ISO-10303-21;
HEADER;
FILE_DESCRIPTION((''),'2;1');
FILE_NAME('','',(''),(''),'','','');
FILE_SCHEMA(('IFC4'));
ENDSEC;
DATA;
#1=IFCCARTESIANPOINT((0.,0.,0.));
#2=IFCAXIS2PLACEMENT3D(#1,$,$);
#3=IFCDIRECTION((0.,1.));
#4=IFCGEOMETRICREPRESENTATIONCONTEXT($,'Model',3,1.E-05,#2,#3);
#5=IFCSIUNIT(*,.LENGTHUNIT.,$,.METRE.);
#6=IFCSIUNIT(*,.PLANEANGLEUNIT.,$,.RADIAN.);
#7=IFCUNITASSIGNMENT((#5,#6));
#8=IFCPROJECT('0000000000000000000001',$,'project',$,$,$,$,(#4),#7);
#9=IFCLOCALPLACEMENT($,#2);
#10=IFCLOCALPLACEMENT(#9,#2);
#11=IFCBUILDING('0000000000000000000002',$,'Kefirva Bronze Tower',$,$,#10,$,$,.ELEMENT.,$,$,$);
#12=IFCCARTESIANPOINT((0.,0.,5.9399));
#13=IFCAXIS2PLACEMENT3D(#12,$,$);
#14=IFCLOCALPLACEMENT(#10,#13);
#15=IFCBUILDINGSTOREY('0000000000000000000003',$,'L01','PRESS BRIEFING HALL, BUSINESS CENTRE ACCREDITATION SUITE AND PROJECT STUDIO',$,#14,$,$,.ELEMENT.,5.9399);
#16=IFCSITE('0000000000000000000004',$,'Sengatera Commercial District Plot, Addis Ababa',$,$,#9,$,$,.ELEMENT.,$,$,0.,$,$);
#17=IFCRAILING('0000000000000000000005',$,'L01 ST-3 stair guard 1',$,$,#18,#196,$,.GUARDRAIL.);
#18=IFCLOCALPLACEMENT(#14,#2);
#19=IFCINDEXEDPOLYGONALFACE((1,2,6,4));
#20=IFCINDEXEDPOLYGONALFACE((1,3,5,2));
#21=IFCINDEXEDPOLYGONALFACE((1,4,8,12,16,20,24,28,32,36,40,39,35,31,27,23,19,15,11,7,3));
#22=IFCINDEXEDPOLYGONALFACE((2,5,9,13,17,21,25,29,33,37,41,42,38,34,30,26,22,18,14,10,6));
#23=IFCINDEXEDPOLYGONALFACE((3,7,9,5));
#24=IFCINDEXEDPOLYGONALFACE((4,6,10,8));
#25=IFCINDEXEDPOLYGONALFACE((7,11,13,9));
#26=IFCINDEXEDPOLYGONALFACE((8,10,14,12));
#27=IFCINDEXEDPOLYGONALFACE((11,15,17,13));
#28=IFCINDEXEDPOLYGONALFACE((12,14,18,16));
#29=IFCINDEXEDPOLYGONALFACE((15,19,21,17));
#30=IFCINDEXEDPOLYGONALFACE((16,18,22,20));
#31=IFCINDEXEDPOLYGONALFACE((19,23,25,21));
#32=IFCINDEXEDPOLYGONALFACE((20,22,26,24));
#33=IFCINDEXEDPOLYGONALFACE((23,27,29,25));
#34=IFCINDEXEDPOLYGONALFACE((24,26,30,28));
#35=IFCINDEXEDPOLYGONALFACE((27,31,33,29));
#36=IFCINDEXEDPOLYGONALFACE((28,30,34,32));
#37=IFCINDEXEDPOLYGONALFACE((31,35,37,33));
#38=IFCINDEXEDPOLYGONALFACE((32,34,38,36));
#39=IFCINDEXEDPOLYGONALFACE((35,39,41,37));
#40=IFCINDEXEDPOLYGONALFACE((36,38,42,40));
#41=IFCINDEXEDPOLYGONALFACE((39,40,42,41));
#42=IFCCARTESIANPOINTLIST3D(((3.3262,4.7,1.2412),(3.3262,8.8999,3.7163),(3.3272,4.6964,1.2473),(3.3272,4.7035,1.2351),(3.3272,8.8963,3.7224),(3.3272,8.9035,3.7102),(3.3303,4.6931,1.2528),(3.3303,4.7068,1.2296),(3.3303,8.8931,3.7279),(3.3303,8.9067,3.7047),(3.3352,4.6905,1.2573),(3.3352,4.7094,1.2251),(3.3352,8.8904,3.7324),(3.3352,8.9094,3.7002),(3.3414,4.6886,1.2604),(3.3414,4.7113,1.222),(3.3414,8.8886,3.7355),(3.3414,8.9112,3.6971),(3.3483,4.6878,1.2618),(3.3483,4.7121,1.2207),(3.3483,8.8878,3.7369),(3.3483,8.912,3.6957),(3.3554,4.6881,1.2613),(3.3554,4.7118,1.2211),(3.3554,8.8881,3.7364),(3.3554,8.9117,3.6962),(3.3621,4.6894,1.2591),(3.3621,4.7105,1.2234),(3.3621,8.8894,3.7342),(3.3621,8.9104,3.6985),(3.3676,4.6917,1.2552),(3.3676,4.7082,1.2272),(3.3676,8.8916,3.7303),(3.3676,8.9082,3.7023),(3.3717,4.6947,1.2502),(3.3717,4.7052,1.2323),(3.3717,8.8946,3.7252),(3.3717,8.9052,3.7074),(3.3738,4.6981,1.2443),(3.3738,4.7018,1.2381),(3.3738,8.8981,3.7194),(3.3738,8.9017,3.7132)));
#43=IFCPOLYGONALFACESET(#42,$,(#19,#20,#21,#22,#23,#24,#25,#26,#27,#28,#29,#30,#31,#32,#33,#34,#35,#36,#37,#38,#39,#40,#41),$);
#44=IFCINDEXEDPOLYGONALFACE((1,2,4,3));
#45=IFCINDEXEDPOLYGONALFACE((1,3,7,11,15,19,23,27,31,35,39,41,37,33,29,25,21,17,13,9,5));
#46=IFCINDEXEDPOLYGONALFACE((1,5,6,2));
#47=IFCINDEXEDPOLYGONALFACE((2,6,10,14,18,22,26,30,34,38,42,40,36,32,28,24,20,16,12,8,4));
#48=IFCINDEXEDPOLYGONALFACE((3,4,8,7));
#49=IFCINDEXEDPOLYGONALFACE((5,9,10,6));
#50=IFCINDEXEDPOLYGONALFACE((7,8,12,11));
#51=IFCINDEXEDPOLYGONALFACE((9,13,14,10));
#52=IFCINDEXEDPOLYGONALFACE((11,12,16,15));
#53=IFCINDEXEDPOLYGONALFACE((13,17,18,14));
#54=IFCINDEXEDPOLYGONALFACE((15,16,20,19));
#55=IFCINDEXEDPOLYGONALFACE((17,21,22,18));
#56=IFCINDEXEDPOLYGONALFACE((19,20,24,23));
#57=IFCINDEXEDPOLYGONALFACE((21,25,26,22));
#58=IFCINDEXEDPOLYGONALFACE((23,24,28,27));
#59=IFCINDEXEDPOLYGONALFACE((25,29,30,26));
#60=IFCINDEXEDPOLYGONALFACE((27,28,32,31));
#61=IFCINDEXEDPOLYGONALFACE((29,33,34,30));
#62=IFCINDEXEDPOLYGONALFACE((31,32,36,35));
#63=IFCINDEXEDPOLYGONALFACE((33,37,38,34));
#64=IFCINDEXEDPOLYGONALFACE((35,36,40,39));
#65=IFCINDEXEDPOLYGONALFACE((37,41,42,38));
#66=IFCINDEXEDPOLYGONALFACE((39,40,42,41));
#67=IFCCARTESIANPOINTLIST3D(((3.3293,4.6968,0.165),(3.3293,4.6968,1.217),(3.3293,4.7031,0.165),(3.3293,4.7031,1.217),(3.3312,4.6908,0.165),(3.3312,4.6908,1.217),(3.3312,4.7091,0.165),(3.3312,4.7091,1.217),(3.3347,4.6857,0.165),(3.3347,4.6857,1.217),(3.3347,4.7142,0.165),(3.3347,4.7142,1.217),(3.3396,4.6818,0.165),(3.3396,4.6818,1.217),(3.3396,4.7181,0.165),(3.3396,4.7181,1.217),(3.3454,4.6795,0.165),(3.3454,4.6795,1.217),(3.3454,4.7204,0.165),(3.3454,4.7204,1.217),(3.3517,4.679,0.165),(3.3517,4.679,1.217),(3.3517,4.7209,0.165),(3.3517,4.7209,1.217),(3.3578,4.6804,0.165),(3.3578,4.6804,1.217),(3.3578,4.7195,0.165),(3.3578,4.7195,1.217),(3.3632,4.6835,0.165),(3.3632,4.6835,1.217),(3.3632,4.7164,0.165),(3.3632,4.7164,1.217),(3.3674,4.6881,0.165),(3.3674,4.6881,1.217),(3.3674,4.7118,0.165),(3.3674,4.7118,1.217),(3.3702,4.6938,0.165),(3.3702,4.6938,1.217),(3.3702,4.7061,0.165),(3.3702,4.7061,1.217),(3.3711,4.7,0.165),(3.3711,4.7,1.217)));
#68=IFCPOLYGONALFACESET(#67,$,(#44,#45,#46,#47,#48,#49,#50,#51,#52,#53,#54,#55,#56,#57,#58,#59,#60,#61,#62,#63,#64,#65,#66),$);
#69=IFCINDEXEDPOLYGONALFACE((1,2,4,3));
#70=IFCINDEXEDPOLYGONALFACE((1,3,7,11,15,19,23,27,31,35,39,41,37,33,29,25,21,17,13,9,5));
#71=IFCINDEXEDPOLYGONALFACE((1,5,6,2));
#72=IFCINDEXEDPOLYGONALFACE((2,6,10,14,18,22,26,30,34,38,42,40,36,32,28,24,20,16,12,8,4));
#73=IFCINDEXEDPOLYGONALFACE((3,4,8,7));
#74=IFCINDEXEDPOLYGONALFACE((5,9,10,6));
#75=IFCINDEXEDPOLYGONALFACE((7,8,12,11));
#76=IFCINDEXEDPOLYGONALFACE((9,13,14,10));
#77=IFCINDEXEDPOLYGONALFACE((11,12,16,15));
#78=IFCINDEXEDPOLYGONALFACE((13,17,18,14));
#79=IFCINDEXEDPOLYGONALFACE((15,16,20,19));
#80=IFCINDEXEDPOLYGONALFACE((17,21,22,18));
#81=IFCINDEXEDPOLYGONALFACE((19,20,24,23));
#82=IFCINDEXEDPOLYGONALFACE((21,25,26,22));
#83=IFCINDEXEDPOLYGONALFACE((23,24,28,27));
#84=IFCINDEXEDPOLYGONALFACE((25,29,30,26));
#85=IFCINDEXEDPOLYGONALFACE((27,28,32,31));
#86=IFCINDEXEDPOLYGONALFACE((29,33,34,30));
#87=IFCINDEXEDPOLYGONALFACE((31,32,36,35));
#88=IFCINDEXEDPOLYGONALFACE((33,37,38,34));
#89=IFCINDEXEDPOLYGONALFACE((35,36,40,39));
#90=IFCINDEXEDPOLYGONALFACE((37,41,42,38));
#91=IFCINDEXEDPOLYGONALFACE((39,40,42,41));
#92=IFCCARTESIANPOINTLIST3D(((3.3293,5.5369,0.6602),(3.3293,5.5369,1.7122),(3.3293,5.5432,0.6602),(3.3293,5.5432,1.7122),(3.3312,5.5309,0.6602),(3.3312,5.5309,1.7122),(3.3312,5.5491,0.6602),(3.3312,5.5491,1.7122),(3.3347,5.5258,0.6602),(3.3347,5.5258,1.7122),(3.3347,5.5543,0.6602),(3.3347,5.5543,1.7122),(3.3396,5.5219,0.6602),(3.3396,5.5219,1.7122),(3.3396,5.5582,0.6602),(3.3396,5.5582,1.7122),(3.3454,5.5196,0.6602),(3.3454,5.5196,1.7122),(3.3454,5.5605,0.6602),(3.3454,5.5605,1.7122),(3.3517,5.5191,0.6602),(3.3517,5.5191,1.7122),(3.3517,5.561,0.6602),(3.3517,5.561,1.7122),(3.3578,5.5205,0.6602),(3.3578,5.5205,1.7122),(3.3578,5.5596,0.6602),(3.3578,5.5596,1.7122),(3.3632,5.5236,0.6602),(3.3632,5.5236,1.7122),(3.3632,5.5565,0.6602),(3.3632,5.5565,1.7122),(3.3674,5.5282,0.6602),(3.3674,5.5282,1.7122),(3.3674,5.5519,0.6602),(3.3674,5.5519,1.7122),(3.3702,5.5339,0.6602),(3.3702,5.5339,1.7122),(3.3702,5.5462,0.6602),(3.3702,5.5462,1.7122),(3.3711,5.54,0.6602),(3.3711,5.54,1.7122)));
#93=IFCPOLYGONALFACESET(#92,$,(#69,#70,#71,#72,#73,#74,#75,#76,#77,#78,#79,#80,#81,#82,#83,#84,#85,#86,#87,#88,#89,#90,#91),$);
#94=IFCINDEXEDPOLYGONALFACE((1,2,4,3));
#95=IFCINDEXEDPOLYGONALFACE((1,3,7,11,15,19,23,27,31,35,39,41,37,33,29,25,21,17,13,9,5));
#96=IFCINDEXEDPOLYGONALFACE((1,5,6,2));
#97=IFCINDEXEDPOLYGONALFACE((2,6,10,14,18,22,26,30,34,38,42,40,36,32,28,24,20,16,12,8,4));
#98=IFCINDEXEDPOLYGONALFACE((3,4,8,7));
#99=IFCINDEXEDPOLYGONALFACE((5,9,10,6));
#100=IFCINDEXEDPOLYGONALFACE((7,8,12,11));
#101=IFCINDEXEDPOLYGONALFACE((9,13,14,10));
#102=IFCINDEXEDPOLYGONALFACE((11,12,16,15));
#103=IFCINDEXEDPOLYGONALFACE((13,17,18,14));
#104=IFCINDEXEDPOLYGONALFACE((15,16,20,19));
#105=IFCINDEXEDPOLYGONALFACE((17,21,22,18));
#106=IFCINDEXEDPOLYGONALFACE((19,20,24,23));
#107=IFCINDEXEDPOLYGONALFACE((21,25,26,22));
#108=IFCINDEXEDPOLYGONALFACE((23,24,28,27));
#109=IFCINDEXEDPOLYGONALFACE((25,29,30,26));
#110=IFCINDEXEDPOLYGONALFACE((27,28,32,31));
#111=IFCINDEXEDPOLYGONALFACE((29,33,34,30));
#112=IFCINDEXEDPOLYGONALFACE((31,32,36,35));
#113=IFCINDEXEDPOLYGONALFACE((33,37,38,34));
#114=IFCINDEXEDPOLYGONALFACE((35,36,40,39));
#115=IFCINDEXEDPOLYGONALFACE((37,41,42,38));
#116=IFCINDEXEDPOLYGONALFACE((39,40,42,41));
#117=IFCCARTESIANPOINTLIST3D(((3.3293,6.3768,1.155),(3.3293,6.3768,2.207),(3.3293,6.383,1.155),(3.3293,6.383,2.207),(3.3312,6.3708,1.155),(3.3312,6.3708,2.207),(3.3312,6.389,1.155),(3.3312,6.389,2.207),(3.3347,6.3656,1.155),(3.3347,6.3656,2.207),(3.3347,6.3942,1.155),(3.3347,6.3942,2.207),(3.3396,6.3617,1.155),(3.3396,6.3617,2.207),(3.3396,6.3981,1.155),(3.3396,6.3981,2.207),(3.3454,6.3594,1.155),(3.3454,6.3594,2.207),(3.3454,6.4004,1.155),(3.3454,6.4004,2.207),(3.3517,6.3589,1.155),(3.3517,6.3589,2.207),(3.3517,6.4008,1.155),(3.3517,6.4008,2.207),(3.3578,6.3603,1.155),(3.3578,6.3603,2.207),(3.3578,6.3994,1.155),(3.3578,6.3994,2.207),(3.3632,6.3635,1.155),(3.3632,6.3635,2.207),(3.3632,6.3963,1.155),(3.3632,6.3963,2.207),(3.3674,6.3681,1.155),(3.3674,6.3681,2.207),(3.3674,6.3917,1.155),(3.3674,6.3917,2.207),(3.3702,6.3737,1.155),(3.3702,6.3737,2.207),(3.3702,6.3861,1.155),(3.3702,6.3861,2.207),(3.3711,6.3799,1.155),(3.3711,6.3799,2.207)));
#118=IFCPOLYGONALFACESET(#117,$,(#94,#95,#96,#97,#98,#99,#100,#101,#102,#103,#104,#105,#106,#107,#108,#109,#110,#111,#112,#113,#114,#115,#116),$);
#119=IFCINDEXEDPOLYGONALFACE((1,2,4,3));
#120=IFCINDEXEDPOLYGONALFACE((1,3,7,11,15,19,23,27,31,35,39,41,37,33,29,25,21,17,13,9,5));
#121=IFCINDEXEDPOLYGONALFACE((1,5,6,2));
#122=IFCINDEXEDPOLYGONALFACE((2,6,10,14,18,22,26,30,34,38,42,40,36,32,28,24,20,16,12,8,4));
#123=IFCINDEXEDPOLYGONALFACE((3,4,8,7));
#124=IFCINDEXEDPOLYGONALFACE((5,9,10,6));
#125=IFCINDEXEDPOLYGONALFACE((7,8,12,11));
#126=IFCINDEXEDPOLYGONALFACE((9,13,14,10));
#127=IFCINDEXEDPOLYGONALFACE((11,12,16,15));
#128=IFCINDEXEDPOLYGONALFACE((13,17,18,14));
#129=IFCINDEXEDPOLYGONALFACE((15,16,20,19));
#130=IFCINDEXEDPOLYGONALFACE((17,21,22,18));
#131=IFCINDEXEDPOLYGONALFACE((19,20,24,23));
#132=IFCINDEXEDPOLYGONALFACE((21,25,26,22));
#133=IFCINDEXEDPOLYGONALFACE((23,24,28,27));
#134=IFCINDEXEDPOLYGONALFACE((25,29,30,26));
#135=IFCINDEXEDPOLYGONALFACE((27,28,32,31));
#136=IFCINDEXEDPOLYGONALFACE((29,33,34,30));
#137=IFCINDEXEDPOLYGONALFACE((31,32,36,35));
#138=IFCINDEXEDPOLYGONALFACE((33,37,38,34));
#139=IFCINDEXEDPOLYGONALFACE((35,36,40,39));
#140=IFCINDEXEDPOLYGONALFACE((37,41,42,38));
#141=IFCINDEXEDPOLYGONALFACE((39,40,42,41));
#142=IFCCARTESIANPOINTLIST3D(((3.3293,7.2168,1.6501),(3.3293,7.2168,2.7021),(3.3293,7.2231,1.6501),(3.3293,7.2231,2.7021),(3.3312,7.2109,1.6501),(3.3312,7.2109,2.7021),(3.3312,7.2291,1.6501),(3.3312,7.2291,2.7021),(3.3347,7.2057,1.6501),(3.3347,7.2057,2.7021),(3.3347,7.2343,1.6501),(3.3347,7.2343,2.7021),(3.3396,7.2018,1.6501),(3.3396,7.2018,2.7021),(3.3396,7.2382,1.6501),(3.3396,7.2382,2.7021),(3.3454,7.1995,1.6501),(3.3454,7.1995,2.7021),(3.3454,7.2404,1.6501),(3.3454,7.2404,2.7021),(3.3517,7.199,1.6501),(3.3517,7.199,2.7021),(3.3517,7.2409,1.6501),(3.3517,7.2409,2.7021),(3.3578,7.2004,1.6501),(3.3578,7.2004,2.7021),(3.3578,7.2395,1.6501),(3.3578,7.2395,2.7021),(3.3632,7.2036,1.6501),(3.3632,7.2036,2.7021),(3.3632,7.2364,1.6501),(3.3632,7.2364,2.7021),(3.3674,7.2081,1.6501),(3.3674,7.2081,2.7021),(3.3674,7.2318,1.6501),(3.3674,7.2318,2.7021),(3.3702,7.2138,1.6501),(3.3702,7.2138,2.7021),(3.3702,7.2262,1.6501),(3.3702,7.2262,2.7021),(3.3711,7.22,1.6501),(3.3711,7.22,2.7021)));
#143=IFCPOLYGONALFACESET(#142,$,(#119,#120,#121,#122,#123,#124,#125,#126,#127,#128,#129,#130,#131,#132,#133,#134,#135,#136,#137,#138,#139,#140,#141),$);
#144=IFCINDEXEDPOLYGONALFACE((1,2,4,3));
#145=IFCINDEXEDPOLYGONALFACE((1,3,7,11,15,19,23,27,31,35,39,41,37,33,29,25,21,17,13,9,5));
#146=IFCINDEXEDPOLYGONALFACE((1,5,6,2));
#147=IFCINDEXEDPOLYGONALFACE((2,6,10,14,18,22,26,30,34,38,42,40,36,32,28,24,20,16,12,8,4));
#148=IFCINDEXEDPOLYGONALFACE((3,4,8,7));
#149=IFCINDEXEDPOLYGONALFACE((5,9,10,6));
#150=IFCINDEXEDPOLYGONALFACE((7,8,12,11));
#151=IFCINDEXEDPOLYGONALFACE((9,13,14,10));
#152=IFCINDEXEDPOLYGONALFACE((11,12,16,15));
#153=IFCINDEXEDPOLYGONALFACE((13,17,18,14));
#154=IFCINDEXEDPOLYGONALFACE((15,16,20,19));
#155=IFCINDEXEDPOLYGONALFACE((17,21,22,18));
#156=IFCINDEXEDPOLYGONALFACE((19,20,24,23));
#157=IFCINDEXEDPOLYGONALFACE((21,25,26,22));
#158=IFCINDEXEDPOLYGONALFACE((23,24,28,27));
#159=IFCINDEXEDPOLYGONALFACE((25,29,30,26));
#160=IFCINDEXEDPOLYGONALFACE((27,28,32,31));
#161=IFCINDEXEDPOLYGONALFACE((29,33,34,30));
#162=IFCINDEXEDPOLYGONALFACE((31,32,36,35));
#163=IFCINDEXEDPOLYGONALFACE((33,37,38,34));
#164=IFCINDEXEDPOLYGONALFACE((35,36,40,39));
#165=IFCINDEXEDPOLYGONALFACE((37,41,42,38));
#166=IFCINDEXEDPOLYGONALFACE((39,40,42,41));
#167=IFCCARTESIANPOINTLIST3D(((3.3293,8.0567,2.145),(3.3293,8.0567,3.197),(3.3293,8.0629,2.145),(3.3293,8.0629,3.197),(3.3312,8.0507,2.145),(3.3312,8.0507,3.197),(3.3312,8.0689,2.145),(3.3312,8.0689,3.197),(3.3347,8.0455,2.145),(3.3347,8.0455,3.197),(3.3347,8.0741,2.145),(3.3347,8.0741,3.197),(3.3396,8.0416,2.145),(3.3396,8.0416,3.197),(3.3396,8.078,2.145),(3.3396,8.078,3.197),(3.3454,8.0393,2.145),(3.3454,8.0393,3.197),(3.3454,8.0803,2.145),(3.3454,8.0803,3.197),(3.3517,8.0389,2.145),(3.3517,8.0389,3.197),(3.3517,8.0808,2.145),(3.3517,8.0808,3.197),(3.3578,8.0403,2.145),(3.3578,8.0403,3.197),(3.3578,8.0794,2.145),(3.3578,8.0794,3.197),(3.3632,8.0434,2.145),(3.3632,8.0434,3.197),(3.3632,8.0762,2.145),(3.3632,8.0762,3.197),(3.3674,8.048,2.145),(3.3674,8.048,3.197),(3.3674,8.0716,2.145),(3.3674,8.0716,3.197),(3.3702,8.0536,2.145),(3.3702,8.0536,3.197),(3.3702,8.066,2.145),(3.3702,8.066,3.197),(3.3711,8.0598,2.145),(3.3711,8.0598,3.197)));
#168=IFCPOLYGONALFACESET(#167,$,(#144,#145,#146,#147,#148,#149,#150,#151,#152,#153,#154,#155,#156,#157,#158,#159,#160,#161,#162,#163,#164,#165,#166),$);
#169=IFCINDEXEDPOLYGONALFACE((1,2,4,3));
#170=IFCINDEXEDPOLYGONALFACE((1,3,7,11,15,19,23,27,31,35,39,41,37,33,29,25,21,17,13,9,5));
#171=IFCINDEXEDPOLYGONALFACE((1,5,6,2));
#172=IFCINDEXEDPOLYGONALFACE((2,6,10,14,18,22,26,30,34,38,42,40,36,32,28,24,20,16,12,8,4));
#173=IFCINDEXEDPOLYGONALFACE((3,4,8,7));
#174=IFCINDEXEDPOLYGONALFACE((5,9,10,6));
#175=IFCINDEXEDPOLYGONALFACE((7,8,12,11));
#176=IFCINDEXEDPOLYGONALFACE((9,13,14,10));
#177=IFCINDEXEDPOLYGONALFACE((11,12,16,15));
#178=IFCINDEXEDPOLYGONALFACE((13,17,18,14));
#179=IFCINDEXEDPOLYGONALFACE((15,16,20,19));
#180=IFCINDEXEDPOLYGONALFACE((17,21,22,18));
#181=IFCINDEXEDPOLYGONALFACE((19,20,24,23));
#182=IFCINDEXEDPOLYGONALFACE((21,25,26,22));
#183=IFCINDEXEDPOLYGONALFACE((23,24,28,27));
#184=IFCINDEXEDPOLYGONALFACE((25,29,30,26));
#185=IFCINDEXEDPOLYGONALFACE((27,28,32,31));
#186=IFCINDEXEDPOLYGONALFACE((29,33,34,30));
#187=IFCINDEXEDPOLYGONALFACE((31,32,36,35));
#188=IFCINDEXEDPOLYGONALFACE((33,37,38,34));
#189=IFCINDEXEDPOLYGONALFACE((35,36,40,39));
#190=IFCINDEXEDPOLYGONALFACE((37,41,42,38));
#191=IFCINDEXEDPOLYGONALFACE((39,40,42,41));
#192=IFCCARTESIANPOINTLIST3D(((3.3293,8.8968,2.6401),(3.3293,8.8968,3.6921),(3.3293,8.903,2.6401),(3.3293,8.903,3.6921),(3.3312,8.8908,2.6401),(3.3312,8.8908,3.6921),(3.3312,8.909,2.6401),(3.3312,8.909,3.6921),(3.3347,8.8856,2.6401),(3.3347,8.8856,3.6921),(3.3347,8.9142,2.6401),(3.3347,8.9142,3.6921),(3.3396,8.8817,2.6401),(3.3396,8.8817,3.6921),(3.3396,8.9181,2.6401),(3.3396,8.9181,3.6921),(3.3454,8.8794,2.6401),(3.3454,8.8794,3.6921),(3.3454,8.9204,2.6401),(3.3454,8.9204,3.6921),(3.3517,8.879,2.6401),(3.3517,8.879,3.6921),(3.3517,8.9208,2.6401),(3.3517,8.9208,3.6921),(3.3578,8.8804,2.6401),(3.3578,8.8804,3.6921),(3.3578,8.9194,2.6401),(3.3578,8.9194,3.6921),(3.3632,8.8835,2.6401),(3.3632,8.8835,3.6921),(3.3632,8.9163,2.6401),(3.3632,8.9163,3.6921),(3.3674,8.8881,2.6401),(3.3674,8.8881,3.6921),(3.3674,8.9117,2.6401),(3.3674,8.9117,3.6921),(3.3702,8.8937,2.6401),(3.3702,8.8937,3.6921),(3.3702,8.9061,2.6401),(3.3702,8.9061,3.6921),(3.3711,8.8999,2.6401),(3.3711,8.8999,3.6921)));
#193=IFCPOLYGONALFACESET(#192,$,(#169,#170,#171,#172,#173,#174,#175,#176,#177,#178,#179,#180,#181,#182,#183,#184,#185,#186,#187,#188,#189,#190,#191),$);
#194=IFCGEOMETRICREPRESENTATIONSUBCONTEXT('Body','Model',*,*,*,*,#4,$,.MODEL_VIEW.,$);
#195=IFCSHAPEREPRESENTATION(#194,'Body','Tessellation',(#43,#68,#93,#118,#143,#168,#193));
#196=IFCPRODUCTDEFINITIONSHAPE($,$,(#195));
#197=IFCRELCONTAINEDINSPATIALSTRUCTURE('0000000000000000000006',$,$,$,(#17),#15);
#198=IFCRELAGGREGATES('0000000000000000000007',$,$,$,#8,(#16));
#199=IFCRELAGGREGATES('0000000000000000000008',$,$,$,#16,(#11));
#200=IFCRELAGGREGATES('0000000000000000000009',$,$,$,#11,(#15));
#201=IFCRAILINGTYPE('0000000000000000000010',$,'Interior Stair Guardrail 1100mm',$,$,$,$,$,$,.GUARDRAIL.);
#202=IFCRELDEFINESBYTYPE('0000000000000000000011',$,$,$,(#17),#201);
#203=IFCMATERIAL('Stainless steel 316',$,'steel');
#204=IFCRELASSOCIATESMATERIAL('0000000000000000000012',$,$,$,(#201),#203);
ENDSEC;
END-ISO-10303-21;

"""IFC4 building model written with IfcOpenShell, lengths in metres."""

from ifc_helpers import new_model, si_unit, direction, frame, origin, origin_2d, place, context, subcontext, project, spatial, circle, extrude, material, type_object, element, save


model = new_model("IFC4")

# Units and contexts
model_context = context("Model", 3, precision=1e-05, world=origin(), true_north=direction((0.0, 1.0)))
body_context = subcontext(model_context, "Body", "Model", "MODEL_VIEW")
ifc_project = project(units=[si_unit("LENGTHUNIT", "METRE"), si_unit("PLANEANGLEUNIT", "RADIAN")], contexts=[model_context])

# Site, building, storey
site_placement = place(None, origin())
site = spatial("IfcSite", under=ifc_project, at=site_placement, Name="Sengatera Commercial District Plot, Addis Ababa", CompositionType="ELEMENT", RefElevation=0.0)
building_placement = place(site_placement, origin())
building = spatial("IfcBuilding", under=site, at=building_placement, Name="Kefirva Bronze Tower", CompositionType="ELEMENT")
storey_placement = place(building_placement, frame((0.0, 0.0, 5.9399)))
storey = spatial("IfcBuildingStorey", under=building, at=storey_placement, Name="L01", Description="PRESS BRIEFING HALL, BUSINESS CENTRE ACCREDITATION SUITE AND PROJECT STUDIO", CompositionType="ELEMENT", Elevation=5.9399)

# Railing
ifc_material_1 = material(Name="Stainless steel 316", Category="steel")
railing_type_1 = type_object("IfcRailingType", Name="Interior Stair Guardrail 1100mm", PredefinedType="GUARDRAIL", material=ifc_material_1)
railing_1_placement = place(storey_placement, frame((3.3501, 4.7, 0.165)))
element("IfcRailing", 1, at=railing_1_placement, inside=storey, type_object=railing_type_1, Name="L01 ST-3 stair guard 1", PredefinedType="GUARDRAIL", context=body_context, shape_type="SweptSolid", body=[
    extrude(circle(Radius=0.0239, at=origin_2d()), frame((0.0, 0.0, 1.0762), z_axis=(0.0, 0.861527, 0.507712), x_axis=(-1.0, 0.0, 0.0)), (0.0, 0.0, 1.0), 4.875),
    extrude(circle(Radius=0.021, at=origin_2d()), origin(), (0.0, 0.0, 1.0), 1.052),
    extrude(circle(Radius=0.021, at=origin_2d()), frame((0.0, 0.8401, 0.4951)), (0.0, 0.0, 1.0), 1.052),
    extrude(circle(Radius=0.021, at=origin_2d()), frame((0.0, 1.6799, 0.99)), (0.0, 0.0, 1.0), 1.052),
    extrude(circle(Radius=0.021, at=origin_2d()), frame((0.0, 2.52, 1.4851)), (0.0, 0.0, 1.0), 1.052),
    extrude(circle(Radius=0.021, at=origin_2d()), frame((0.0, 3.3599, 1.98)), (0.0, 0.0, 1.0), 1.052),
    extrude(circle(Radius=0.021, at=origin_2d()), frame((0.0, 4.2, 2.4751)), (0.0, 0.0, 1.0), 1.052),
])

save(model, "model.ifc")
